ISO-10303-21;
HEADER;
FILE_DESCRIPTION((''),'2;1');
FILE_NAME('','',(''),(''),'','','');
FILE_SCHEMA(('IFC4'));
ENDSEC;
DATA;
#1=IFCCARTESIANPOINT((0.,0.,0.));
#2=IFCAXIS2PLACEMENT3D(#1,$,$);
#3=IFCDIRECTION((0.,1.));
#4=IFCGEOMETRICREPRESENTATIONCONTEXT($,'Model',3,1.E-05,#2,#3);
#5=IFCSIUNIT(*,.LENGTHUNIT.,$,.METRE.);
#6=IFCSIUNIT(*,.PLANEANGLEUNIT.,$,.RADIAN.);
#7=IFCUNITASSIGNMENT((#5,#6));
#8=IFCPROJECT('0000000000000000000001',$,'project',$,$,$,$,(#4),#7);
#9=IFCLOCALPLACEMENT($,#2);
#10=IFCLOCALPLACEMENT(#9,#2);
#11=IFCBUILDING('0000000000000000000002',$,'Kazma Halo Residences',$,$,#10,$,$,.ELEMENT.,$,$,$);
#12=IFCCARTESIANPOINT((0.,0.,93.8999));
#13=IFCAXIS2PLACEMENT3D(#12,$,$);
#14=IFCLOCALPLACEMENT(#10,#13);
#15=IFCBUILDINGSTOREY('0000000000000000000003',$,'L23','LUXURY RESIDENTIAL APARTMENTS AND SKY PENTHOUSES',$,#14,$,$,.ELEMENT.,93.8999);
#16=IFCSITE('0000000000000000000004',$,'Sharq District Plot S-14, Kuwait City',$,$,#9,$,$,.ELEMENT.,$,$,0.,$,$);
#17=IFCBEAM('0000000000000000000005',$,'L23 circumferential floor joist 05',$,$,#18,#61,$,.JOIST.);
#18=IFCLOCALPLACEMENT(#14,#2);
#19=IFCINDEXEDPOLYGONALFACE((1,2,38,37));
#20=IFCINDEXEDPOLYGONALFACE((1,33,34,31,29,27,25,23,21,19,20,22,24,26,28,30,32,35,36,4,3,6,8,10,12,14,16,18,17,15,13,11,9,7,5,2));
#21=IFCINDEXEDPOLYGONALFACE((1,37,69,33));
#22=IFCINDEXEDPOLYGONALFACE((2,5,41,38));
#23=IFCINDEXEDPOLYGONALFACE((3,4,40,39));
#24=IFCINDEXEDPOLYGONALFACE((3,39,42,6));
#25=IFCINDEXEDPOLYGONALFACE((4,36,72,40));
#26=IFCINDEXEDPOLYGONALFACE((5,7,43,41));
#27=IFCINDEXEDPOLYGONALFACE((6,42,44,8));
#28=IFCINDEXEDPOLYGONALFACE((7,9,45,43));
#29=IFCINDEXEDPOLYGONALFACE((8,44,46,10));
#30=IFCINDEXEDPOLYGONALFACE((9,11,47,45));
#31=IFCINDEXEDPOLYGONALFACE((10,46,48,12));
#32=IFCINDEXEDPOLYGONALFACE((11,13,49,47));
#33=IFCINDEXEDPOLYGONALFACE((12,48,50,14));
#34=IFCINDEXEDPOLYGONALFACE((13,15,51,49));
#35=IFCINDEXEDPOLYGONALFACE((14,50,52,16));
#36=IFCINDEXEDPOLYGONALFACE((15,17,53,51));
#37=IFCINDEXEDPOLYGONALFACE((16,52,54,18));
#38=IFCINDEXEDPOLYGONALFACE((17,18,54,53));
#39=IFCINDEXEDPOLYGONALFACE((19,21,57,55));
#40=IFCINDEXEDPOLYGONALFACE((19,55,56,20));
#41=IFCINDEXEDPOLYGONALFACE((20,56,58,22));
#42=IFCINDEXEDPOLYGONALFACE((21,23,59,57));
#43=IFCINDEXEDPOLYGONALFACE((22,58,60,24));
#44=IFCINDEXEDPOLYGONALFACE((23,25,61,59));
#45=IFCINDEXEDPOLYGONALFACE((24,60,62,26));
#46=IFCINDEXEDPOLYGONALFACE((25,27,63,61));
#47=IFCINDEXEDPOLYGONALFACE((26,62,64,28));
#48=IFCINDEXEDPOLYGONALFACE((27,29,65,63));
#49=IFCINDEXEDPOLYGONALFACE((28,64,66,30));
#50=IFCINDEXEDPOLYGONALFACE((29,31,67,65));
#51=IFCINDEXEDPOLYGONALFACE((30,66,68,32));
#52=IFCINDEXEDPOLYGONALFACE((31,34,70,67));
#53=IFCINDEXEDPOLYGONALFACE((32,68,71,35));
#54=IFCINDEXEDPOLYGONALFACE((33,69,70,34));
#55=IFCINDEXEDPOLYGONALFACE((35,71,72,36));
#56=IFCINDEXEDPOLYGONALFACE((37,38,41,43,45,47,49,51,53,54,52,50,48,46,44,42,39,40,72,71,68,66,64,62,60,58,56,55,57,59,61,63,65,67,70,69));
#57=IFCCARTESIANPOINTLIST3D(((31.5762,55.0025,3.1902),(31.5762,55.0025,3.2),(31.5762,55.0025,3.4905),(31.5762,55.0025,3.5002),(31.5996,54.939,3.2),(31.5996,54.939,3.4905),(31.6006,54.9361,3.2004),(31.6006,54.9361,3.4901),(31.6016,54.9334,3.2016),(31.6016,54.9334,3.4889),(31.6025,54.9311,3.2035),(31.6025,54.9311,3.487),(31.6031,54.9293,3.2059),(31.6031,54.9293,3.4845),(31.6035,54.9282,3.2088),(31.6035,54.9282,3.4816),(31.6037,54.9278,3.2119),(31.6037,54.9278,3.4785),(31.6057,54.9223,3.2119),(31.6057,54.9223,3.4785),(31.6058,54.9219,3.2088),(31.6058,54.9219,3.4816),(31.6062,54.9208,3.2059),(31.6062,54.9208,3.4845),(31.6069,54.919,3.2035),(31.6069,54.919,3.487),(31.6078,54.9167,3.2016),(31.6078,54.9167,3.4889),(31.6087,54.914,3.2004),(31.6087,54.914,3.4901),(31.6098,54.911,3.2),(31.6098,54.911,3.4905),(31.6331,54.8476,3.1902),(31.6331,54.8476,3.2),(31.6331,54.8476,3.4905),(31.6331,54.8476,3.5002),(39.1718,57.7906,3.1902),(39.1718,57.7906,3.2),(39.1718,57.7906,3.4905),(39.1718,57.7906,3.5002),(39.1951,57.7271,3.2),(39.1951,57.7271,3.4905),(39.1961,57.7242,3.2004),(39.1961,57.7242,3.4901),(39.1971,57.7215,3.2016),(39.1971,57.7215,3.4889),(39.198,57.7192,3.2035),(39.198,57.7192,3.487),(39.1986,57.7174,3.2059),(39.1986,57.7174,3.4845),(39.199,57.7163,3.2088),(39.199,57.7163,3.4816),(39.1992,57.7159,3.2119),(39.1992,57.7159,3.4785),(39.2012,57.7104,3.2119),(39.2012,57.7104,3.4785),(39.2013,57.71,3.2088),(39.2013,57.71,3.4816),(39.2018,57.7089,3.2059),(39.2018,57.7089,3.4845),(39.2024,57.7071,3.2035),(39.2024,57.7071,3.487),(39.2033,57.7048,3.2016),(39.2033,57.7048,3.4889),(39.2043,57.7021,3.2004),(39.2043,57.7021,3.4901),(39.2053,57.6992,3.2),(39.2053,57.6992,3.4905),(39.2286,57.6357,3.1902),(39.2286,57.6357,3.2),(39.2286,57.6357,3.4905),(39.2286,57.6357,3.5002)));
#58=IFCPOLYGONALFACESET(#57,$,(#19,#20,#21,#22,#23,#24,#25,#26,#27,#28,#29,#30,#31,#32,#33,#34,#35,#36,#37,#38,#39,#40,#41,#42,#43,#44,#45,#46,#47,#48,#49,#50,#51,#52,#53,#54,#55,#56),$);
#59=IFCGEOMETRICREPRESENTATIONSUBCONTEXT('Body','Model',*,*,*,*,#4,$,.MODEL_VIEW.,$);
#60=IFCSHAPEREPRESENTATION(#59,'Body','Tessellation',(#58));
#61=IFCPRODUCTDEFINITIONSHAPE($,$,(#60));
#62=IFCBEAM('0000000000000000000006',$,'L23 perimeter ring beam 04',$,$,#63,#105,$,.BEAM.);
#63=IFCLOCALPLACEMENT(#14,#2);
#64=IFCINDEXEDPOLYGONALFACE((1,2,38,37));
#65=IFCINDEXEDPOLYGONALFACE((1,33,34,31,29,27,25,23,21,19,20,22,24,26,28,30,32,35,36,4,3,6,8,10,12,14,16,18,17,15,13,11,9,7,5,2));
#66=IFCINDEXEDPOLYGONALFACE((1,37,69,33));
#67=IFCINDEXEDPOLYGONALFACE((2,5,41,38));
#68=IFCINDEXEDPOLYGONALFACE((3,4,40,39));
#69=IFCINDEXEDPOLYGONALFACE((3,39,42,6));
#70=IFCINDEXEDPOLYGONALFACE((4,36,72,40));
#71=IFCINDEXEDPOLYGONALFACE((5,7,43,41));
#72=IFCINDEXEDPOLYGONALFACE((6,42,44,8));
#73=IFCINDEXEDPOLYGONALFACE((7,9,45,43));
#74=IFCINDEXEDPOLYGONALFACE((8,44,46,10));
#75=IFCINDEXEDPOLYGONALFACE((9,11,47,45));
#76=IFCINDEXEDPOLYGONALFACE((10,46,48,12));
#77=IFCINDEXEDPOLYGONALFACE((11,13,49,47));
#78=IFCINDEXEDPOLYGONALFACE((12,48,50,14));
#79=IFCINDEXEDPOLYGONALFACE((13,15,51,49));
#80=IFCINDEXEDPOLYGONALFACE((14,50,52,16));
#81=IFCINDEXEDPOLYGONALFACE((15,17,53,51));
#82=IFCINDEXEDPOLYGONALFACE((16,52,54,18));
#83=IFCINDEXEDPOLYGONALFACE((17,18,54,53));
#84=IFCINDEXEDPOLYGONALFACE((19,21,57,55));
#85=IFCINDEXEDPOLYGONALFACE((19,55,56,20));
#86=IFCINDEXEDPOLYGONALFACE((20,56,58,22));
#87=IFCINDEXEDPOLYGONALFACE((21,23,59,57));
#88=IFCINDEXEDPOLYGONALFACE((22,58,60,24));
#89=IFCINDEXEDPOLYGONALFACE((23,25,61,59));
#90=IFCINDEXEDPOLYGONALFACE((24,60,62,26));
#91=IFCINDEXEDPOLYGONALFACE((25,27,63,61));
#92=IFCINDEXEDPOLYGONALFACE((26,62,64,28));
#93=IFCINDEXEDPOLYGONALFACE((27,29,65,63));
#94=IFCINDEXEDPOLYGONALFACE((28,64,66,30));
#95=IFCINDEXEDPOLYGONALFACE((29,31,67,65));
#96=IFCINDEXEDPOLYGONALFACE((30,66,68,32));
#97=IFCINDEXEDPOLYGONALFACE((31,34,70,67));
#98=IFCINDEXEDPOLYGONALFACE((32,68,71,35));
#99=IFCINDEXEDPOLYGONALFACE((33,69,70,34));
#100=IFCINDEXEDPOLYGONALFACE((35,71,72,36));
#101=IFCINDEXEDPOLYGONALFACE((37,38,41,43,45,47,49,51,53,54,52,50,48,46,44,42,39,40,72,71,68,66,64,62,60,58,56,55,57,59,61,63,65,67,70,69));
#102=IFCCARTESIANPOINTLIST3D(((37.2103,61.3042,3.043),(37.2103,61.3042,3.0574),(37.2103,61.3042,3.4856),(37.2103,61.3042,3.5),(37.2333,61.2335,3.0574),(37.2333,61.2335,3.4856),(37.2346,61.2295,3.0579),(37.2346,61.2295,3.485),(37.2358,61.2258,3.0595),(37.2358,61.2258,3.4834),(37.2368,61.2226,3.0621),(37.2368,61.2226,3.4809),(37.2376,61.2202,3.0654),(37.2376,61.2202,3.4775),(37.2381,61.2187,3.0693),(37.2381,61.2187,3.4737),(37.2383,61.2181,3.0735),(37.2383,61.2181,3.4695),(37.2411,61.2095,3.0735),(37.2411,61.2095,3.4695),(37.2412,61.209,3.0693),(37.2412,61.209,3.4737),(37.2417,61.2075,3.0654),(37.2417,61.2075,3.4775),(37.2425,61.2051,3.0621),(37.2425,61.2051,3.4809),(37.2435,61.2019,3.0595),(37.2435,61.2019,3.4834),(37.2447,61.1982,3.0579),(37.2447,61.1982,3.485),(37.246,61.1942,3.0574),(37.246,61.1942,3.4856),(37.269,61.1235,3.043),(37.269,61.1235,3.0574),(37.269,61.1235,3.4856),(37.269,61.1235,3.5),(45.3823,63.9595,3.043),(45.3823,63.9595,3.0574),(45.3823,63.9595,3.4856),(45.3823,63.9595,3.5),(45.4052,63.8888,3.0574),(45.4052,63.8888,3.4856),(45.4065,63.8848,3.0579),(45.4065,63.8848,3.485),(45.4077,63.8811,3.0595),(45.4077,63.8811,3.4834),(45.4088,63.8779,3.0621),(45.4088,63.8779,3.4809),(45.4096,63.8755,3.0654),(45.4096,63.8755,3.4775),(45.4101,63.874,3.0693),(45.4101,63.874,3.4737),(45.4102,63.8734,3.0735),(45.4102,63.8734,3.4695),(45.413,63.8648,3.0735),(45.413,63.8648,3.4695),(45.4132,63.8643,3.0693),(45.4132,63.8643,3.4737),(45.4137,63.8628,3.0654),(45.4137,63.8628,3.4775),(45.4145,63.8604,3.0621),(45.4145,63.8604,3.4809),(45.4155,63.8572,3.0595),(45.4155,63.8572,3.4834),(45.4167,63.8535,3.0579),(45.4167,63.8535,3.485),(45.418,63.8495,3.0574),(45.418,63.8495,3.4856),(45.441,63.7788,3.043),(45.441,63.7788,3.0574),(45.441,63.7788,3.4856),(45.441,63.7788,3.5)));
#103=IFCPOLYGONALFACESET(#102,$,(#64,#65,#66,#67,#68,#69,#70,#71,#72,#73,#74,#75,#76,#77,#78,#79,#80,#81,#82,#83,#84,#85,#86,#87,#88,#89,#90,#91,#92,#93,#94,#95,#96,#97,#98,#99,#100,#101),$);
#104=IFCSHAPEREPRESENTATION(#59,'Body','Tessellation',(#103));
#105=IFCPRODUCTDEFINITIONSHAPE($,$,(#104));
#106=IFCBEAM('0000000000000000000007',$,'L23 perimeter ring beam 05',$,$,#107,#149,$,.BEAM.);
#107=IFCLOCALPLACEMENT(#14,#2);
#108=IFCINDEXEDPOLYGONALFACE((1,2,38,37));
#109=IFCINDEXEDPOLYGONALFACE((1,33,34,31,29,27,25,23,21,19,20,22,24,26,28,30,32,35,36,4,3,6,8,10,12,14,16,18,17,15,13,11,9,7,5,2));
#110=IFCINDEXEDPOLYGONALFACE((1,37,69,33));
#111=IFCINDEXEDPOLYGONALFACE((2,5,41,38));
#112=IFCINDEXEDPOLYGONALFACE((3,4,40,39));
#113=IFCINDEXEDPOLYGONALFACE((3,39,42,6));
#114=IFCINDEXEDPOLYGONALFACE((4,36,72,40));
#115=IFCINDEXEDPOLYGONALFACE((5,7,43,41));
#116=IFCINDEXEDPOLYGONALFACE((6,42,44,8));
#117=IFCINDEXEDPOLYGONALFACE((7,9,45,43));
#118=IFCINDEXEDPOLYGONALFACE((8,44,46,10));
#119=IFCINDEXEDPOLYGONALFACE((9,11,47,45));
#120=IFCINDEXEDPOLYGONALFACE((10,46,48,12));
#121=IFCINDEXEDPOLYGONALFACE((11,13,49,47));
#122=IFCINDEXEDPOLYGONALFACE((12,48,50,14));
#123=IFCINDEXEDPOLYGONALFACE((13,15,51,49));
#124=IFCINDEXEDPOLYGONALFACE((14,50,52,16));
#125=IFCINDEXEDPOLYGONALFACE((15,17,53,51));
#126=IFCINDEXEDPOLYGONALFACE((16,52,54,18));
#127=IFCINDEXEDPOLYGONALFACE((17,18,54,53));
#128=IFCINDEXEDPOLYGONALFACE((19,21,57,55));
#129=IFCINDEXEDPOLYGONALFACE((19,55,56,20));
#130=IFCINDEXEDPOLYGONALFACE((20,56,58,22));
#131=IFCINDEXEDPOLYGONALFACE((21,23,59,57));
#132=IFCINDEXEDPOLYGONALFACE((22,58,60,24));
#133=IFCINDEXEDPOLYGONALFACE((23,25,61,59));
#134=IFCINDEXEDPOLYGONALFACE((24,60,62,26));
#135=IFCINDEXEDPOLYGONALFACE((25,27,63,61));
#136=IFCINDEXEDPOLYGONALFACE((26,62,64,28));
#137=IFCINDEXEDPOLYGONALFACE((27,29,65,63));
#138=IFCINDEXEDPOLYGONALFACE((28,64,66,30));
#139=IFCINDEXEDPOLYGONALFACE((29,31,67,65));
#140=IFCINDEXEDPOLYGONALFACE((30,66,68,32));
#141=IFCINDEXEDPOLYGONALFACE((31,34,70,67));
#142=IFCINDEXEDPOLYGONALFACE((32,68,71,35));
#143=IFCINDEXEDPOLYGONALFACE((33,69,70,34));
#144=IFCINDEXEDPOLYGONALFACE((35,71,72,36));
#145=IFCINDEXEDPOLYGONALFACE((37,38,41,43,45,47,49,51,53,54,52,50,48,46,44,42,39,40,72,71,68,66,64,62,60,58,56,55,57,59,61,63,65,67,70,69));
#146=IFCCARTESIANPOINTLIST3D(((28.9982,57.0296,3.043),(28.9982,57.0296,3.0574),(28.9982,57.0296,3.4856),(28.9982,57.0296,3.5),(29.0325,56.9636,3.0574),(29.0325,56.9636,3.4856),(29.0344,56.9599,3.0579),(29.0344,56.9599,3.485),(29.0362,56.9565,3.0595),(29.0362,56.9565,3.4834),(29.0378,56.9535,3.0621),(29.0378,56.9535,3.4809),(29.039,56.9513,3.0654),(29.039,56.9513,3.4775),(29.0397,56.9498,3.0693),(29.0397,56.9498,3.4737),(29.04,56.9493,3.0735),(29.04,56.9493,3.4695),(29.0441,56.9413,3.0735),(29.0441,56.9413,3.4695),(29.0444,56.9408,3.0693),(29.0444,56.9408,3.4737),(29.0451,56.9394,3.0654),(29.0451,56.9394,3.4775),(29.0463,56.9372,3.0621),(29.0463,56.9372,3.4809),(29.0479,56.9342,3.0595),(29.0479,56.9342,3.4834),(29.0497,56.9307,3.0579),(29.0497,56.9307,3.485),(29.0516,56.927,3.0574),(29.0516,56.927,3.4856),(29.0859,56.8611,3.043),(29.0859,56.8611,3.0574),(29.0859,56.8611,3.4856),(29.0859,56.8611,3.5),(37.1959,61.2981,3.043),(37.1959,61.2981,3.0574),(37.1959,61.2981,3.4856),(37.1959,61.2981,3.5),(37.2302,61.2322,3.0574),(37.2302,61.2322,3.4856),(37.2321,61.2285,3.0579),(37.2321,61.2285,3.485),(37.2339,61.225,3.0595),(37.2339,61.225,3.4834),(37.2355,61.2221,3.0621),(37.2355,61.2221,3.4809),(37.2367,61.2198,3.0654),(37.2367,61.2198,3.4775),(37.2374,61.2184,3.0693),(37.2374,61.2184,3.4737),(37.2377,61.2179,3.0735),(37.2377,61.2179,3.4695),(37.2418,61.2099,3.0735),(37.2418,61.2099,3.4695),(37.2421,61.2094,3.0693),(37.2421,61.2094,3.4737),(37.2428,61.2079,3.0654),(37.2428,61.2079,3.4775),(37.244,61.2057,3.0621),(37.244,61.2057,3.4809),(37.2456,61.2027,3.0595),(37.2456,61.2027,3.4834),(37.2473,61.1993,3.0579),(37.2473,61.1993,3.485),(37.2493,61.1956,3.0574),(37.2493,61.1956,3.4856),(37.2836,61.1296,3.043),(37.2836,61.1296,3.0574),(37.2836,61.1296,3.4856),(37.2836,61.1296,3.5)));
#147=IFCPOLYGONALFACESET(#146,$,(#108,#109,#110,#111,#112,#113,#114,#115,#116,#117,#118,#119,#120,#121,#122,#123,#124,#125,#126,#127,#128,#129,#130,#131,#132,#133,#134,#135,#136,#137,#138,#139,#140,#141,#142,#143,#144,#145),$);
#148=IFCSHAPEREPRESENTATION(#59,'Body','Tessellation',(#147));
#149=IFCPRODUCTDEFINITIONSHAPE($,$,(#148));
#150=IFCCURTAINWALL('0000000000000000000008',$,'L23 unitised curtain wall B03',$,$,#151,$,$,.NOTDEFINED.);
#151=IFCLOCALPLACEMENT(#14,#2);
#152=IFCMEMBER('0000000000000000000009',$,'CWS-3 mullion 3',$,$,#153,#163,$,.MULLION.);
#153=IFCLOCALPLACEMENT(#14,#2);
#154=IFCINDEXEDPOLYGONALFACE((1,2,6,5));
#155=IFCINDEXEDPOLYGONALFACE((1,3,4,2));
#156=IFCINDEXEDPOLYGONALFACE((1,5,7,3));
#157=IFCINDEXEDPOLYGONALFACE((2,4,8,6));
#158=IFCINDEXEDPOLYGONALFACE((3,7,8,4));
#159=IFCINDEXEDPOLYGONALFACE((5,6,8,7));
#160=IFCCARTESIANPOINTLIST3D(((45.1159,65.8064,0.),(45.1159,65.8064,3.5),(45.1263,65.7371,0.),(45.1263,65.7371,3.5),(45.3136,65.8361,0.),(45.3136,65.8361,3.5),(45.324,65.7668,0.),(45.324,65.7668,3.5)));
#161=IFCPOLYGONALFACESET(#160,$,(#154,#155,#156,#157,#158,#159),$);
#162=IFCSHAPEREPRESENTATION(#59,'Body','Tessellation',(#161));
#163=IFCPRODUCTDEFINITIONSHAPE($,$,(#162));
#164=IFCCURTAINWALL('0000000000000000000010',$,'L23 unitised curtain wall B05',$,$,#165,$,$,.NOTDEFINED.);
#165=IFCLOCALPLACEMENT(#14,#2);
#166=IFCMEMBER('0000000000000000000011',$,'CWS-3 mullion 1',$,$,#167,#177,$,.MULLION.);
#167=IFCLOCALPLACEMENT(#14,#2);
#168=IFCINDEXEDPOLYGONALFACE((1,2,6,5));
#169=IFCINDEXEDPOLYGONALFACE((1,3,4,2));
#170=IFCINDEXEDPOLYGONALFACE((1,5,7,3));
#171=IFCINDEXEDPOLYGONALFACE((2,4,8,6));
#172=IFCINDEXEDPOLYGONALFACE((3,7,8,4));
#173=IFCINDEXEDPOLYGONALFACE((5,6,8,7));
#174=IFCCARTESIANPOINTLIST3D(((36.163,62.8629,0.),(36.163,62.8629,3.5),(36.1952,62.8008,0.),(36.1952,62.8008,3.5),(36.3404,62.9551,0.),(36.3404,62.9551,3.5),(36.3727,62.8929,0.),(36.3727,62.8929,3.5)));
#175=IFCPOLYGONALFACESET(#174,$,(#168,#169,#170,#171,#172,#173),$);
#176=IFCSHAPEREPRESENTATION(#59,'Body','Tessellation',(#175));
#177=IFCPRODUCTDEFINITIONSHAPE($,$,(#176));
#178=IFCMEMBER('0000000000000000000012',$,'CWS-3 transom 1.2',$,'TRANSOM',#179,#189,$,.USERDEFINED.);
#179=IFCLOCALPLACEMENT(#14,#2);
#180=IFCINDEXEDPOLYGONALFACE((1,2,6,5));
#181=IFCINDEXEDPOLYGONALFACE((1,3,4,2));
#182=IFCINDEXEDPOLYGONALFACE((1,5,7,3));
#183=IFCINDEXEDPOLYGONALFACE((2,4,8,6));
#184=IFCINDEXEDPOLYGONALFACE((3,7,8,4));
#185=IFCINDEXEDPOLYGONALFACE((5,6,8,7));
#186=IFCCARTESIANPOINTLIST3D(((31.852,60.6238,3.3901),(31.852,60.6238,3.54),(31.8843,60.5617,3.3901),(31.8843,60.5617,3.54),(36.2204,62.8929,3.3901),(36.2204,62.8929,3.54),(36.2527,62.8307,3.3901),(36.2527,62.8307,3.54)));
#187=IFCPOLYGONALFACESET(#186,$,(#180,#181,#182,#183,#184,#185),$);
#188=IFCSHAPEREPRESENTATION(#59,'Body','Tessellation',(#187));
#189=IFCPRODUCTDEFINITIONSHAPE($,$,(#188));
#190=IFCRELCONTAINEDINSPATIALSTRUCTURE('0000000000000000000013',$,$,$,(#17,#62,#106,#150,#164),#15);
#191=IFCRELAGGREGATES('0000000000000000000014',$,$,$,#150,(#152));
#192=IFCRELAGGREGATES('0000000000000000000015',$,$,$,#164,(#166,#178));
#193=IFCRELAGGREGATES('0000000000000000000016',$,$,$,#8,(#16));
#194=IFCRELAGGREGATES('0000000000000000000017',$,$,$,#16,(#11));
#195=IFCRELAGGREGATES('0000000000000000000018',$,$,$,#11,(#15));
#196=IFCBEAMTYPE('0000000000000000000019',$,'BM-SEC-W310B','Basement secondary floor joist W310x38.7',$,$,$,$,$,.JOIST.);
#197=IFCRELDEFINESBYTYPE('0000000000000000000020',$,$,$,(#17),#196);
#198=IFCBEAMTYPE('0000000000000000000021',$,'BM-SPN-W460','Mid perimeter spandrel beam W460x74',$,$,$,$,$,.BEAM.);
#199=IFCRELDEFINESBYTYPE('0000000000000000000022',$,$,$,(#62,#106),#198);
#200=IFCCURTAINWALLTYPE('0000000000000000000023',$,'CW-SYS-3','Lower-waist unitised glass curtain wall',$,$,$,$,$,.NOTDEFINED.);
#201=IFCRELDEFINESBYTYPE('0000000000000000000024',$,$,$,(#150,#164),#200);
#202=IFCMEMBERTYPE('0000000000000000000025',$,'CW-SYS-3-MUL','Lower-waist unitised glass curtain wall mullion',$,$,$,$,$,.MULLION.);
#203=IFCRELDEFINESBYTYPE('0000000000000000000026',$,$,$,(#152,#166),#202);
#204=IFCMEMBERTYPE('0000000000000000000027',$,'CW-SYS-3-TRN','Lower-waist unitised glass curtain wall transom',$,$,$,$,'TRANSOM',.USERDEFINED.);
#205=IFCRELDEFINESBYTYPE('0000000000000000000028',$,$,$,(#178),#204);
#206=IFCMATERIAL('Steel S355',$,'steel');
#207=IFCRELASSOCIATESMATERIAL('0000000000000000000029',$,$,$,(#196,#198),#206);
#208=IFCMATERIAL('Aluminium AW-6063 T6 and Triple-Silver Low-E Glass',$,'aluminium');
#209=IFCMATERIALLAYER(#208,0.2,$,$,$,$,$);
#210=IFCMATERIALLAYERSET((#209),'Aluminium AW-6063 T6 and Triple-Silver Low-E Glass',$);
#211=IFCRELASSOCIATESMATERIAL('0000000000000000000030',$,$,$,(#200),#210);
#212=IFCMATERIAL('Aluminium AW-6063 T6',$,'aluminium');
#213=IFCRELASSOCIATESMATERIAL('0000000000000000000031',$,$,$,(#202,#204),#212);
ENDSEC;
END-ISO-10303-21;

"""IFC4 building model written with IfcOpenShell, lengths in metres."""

from ifc_helpers import new_model, si_unit, direction, frame, origin, origin_2d, place, context, subcontext, project, spatial, rectangle, i_section, extrude, material, layer, layer_set, material_profile, profile_set, type_object, element, aggregate, save


model = new_model("IFC4")

# Units and contexts
model_context = context("Model", 3, precision=1e-05, world=origin(), true_north=direction((0.0, 1.0)))
body_context = subcontext(model_context, "Body", "Model", "MODEL_VIEW")
ifc_project = project(units=[si_unit("LENGTHUNIT", "METRE"), si_unit("PLANEANGLEUNIT", "RADIAN")], contexts=[model_context])

# Site, building, storey
site_placement = place(None, origin())
site = spatial("IfcSite", under=ifc_project, at=site_placement, Name="Sharq District Plot S-14, Kuwait City", CompositionType="ELEMENT", RefElevation=0.0)
building_placement = place(site_placement, origin())
building = spatial("IfcBuilding", under=site, at=building_placement, Name="Kazma Halo Residences", CompositionType="ELEMENT")
storey_placement = place(building_placement, frame((0.0, 0.0, 93.8999)))
storey = spatial("IfcBuildingStorey", under=building, at=storey_placement, Name="L23", Description="LUXURY RESIDENTIAL APARTMENTS AND SKY PENTHOUSES", CompositionType="ELEMENT", Elevation=93.8999)

# Beams
ifc_material_1 = material(Name="Steel S355", Category="steel")
ifc_material_profile_1 = material_profile(ifc_material_1, i_section(OverallWidth=0.165, OverallDepth=0.3101, WebThickness=0.0059, FlangeThickness=0.0098, FilletRadius=0.012, at=origin_2d()), Name="W310x38.7")
ifc_profile_set_1 = profile_set([ifc_material_profile_1], Name="Steel S355")
beam_type_1 = type_object("IfcBeamType", Name="BM-SEC-W310B", Description="Basement secondary floor joist W310x38.7", PredefinedType="JOIST", material=ifc_profile_set_1)
beam_1_placement = place(storey_placement, frame((39.2002, 57.7131, 3.3452), z_axis=(-0.938753, -0.344591, 0.0), x_axis=(0.344591, -0.938753, 0.0)))
element("IfcBeam", 1, at=beam_1_placement, inside=storey, type_object=beam_type_1, Name="L23 circumferential floor joist 05", PredefinedType="JOIST", context=body_context, shape_type="SweptSolid", body=[
    extrude(i_section(OverallWidth=0.165, OverallDepth=0.3101, WebThickness=0.0059, FlangeThickness=0.0098, FilletRadius=0.012, at=origin_2d()), origin(), (0.0, 0.0, 1.0), 8.0911),
])
ifc_material_profile_2 = material_profile(ifc_material_1, i_section(OverallWidth=0.1899, OverallDepth=0.457, WebThickness=0.009, FlangeThickness=0.0144, FilletRadius=0.0161, at=origin_2d()), Name="W460x74")
ifc_profile_set_2 = profile_set([ifc_material_profile_2], Name="Steel S355")
beam_type_2 = type_object("IfcBeamType", Name="BM-SPN-W460", Description="Mid perimeter spandrel beam W460x74", PredefinedType="BEAM", material=ifc_profile_set_2)
beam_2_placement = place(storey_placement, frame((45.4116, 63.8691, 3.2715), z_axis=(-0.951054, -0.309024, 0.0), x_axis=(0.309024, -0.951054, 0.0)))
element("IfcBeam", 2, at=beam_2_placement, inside=storey, type_object=beam_type_2, Name="L23 perimeter ring beam 04", PredefinedType="BEAM", context=body_context, shape_type="SweptSolid", body=[
    extrude(i_section(OverallWidth=0.1899, OverallDepth=0.457, WebThickness=0.009, FlangeThickness=0.0144, FilletRadius=0.0161, at=origin_2d()), origin(), (0.0, 0.0, 1.0), 8.5925),
])
beam_3_placement = place(storey_placement, frame((37.2397, 61.2139, 3.2715), z_axis=(-0.886963, -0.46184, 0.0), x_axis=(0.46184, -0.886963, 0.0)))
element("IfcBeam", 3, at=beam_3_placement, inside=storey, type_object=beam_type_2, Name="L23 perimeter ring beam 05", PredefinedType="BEAM", context=body_context, shape_type="SweptSolid", body=[
    extrude(i_section(OverallWidth=0.1899, OverallDepth=0.457, WebThickness=0.009, FlangeThickness=0.0144, FilletRadius=0.0161, at=origin_2d()), origin(), (0.0, 0.0, 1.0), 9.2424),
])

# Curtain wall, member
ifc_material_2 = material(Name="Aluminium AW-6063 T6 and Triple-Silver Low-E Glass", Category="aluminium")
ifc_layer_1 = layer(ifc_material_2, 0.2)
ifc_layer_set_1 = layer_set([ifc_layer_1], Name="Aluminium AW-6063 T6 and Triple-Silver Low-E Glass")
curtain_wall_type = type_object("IfcCurtainWallType", Name="CW-SYS-3", Description="Lower-waist unitised glass curtain wall", PredefinedType="NOTDEFINED", material=ifc_layer_set_1)
curtain_wall_1_placement = place(storey_placement, origin())
curtain_wall_1 = element("IfcCurtainWall", 4, at=curtain_wall_1_placement, inside=storey, type_object=curtain_wall_type, Name="L23 unitised curtain wall B03", PredefinedType="NOTDEFINED")
ifc_material_3 = material(Name="Aluminium AW-6063 T6", Category="aluminium")
ifc_material_profile_3 = material_profile(ifc_material_3, rectangle(XDim=0.0701, YDim=0.2, at=origin_2d()), Name="CWM-70x200")
ifc_profile_set_3 = profile_set([ifc_material_profile_3], Name="Aluminium AW-6063 T6")
member_type_1 = type_object("IfcMemberType", Name="CW-SYS-3-MUL", Description="Lower-waist unitised glass curtain wall mullion", PredefinedType="MULLION", material=ifc_profile_set_3)
member_1_placement = place(storey_placement, frame((45.22, 65.7866, 0.0), z_axis=(0.0, 0.0, 1.0), x_axis=(0.148717, -0.98888, 0.0)))
member_1 = element("IfcMember", 5, at=member_1_placement, type_object=member_type_1, Name="CWS-3 mullion 3", PredefinedType="MULLION", context=body_context, shape_type="SweptSolid", body=[
    extrude(rectangle(XDim=0.0701, YDim=0.2, at=origin_2d()), origin(), (0.0, 0.0, 1.0), 3.5),
])
aggregate(curtain_wall_1, [member_1])

# Curtain wall, members
curtain_wall_2_placement = place(storey_placement, origin())
curtain_wall_2 = element("IfcCurtainWall", 6, at=curtain_wall_2_placement, inside=storey, type_object=curtain_wall_type, Name="L23 unitised curtain wall B05", PredefinedType="NOTDEFINED")
member_2_placement = place(storey_placement, frame((36.2678, 62.8779, 0.0), z_axis=(0.0, 0.0, 1.0), x_axis=(0.460932, -0.887435, 0.0)))
member_2 = element("IfcMember", 7, at=member_2_placement, type_object=member_type_1, Name="CWS-3 mullion 1", PredefinedType="MULLION", context=body_context, shape_type="SweptSolid", body=[
    extrude(rectangle(XDim=0.0701, YDim=0.2, at=origin_2d()), origin(), (0.0, 0.0, 1.0), 3.5),
])
ifc_material_profile_4 = material_profile(ifc_material_3, rectangle(XDim=0.0701, YDim=0.1499, at=origin_2d()), Name="CWT-70x150")
ifc_profile_set_4 = profile_set([ifc_material_profile_4], Name="Aluminium AW-6063 T6")
member_type_2 = type_object("IfcMemberType", Name="CW-SYS-3-TRN", Description="Lower-waist unitised glass curtain wall transom", ElementType="TRANSOM", PredefinedType="USERDEFINED", material=ifc_profile_set_4)
member_3_placement = place(storey_placement, frame((36.2366, 62.8618, 3.4651), z_axis=(-0.887427, -0.460948, 0.0), x_axis=(0.460948, -0.887427, 0.0)))
member_3 = element("IfcMember", 8, at=member_3_placement, type_object=member_type_2, Name="CWS-3 transom 1.2", ObjectType="TRANSOM", PredefinedType="USERDEFINED", context=body_context, shape_type="SweptSolid", body=[
    extrude(rectangle(XDim=0.0701, YDim=0.1499, at=origin_2d()), origin(), (0.0, 0.0, 1.0), 4.9226),
])
aggregate(curtain_wall_2, [member_2, member_3])

save(model, "model.ifc")
